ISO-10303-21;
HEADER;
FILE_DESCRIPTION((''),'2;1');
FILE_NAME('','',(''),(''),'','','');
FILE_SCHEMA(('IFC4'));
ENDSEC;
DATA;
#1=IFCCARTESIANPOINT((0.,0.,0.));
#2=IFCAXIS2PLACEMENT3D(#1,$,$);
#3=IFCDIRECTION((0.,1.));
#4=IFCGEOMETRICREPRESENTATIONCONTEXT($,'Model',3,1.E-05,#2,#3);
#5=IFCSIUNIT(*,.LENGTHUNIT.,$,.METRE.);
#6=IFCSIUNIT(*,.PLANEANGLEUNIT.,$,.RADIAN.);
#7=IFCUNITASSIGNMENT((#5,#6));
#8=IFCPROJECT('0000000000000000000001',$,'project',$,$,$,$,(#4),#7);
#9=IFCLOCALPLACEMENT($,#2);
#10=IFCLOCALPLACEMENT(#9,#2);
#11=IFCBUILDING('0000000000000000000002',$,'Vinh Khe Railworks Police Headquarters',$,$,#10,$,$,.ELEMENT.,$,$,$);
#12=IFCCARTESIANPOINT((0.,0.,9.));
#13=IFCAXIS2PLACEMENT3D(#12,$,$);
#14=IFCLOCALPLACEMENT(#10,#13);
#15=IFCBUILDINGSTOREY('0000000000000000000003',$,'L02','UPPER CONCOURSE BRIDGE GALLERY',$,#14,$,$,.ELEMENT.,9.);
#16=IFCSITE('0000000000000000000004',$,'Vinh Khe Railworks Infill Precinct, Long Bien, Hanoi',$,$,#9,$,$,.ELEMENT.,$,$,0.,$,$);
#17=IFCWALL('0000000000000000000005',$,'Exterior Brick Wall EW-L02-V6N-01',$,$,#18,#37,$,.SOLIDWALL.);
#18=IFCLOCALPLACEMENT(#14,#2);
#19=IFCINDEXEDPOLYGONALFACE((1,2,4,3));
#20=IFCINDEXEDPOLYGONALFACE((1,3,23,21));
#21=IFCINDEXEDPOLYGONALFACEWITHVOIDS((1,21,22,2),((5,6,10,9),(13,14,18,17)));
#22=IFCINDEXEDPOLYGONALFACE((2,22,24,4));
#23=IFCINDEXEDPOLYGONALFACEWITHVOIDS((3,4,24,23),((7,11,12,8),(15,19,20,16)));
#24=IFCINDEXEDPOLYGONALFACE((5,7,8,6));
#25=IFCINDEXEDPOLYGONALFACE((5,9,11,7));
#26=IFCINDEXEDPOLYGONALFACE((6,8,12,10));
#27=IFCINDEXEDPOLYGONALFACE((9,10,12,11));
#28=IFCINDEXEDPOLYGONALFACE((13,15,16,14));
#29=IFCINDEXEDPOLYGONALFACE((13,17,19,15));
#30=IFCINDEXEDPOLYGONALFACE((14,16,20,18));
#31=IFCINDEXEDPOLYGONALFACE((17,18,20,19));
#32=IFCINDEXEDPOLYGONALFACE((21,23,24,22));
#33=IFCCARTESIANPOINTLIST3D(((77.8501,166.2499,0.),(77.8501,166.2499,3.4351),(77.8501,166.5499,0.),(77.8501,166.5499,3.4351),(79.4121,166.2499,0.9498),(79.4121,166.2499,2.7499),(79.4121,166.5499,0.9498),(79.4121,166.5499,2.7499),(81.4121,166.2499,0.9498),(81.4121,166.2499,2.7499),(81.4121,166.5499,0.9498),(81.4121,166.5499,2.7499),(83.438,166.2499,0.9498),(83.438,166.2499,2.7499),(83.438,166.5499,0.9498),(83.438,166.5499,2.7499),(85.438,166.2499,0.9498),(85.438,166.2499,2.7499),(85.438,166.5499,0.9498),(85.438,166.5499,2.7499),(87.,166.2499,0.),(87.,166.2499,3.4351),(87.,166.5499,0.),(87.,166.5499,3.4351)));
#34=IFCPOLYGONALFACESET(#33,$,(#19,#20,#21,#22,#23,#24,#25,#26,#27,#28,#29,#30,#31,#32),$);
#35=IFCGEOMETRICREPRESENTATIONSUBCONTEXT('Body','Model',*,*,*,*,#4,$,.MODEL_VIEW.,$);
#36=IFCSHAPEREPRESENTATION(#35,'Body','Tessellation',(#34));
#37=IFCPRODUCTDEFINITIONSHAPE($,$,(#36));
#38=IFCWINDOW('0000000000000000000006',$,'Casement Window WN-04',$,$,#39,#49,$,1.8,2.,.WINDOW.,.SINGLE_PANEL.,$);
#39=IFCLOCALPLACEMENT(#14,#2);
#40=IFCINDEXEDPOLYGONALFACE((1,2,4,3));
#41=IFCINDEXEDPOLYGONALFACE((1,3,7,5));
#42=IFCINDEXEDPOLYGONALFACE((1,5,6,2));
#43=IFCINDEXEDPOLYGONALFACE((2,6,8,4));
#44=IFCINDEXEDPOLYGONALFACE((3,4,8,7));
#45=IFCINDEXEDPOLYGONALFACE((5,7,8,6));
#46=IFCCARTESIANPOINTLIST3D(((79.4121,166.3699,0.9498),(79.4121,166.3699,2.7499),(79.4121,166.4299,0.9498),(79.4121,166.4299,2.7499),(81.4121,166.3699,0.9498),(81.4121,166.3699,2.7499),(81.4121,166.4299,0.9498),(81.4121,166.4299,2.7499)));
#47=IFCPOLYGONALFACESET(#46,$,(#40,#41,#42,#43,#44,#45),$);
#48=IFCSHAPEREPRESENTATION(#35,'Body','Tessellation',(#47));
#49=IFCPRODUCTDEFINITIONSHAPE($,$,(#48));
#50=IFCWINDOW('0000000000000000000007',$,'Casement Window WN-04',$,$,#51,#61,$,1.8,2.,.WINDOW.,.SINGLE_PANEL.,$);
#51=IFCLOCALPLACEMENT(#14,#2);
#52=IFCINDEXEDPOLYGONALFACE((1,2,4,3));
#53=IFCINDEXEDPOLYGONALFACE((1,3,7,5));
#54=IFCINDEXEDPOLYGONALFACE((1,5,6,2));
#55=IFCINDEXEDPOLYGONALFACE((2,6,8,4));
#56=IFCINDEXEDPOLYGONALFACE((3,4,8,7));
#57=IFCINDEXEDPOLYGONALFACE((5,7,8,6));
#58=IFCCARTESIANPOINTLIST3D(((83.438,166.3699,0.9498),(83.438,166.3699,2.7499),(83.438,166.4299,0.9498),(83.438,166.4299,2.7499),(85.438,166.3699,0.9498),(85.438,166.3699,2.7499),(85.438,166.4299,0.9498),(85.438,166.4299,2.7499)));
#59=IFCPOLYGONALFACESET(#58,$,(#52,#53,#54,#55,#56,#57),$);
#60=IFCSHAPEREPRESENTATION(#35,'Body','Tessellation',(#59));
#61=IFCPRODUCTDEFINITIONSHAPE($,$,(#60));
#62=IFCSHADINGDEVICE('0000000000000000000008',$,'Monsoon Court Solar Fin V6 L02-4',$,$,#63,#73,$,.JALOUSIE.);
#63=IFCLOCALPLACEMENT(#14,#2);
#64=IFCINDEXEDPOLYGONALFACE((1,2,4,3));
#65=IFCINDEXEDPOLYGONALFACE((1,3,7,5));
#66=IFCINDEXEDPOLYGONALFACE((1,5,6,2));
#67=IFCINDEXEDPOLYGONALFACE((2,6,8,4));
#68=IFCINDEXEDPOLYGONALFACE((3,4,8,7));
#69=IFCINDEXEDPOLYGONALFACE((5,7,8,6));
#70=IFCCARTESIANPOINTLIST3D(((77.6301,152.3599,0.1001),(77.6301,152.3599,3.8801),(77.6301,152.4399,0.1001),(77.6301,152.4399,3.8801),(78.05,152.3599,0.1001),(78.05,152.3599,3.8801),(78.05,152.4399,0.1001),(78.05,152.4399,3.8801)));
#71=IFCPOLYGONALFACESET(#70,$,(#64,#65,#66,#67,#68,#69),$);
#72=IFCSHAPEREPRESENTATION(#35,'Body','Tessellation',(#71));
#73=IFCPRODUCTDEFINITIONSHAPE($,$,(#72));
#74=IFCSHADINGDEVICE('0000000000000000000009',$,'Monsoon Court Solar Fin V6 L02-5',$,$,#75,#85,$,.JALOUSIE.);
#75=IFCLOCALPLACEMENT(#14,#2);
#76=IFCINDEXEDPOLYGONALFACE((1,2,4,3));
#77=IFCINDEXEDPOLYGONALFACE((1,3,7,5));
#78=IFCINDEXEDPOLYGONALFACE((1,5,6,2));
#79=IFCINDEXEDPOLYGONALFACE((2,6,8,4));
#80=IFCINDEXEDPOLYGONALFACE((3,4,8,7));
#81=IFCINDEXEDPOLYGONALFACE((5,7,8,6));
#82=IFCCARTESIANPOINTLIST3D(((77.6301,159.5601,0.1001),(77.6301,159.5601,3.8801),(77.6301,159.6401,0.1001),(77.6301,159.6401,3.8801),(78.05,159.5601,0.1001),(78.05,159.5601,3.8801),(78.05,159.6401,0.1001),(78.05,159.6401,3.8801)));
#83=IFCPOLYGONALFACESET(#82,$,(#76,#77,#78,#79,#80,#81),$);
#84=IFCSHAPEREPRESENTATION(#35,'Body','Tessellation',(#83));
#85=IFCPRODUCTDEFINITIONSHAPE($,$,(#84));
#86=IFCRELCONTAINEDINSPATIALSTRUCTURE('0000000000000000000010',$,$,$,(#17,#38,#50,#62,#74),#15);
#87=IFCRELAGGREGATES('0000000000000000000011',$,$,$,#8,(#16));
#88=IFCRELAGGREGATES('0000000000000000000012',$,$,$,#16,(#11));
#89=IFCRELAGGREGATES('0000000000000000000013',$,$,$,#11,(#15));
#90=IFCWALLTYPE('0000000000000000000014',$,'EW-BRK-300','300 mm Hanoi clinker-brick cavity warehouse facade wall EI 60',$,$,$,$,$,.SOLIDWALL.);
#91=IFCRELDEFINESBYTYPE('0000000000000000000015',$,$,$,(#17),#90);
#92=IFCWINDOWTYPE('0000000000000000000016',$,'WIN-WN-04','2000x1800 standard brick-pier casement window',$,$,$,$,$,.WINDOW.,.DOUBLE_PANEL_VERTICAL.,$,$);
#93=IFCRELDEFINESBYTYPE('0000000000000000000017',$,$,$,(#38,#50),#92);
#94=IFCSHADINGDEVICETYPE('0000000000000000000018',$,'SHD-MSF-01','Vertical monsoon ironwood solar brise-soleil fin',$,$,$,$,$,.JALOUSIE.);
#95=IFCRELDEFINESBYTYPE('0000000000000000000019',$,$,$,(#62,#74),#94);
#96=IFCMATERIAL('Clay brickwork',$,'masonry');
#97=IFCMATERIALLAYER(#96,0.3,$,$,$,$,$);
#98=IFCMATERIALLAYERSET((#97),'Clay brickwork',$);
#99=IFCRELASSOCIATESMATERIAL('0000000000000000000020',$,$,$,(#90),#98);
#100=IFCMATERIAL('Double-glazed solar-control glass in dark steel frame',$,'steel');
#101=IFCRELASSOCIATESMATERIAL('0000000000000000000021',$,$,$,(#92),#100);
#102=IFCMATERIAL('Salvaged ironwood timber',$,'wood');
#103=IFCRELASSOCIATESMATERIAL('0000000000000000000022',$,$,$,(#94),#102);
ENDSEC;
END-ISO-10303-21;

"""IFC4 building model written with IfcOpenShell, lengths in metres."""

from ifc_helpers import new_model, si_unit, direction, frame, frame_2d, origin, origin_2d, place, context, subcontext, project, spatial, rectangle, extrude, material, layer, layer_set, type_object, element, fill, save


model = new_model("IFC4")

# Units and contexts
model_context = context("Model", 3, precision=1e-05, world=origin(), true_north=direction((0.0, 1.0)))
body_context = subcontext(model_context, "Body", "Model", "MODEL_VIEW")
ifc_project = project(units=[si_unit("LENGTHUNIT", "METRE"), si_unit("PLANEANGLEUNIT", "RADIAN")], contexts=[model_context])

# Site, building, storey
site_placement = place(None, origin())
site = spatial("IfcSite", under=ifc_project, at=site_placement, Name="Vinh Khe Railworks Infill Precinct, Long Bien, Hanoi", CompositionType="ELEMENT", RefElevation=0.0)
building_placement = place(site_placement, origin())
building = spatial("IfcBuilding", under=site, at=building_placement, Name="Vinh Khe Railworks Police Headquarters", CompositionType="ELEMENT")
storey_placement = place(building_placement, frame((0.0, 0.0, 9.0)))
storey = spatial("IfcBuildingStorey", under=building, at=storey_placement, Name="L02", Description="UPPER CONCOURSE BRIDGE GALLERY", CompositionType="ELEMENT", Elevation=9.0)

# Shared definitions
ifc_material_1 = material(Name="Clay brickwork", Category="masonry")
ifc_material_2 = material(Name="Double-glazed solar-control glass in dark steel frame", Category="steel")

# Wall, openings, windows
ifc_layer_1 = layer(ifc_material_1, 0.3)
ifc_layer_set_1 = layer_set([ifc_layer_1], Name="Clay brickwork")
wall_type_1 = type_object("IfcWallType", Name="EW-BRK-300", Description="300 mm Hanoi clinker-brick cavity warehouse facade wall EI 60", PredefinedType="SOLIDWALL", material=ifc_layer_set_1)
wall_1_placement = place(storey_placement, frame((77.8501, 166.3999, 0.0), z_axis=(0.0, 0.0, 1.0), x_axis=(1.0, 0.0, 0.0)))
wall_1 = element("IfcWall", 1, at=wall_1_placement, inside=storey, type_object=wall_type_1, Name="Exterior Brick Wall EW-L02-V6N-01", PredefinedType="SOLIDWALL", context=body_context, shape_type="SweptSolid", body=[
    extrude(rectangle(XDim=9.1499, YDim=0.3, at=frame_2d((4.575, 0.0))), origin(), (0.0, 0.0, 1.0), 3.4351),
])
opening_1_placement = place(wall_1_placement, frame((1.562, 0.0, 0.95)))
opening_1 = element("IfcOpeningElement", 2, at=opening_1_placement, cuts=wall_1, PredefinedType="OPENING", context=body_context, shape_type="SweptSolid", body=[
    extrude(rectangle(XDim=2.0, YDim=1.8, at=frame_2d((1.0, 0.8999))), frame((0.0, 0.165, 0.0), z_axis=(0.0, -1.0, 0.0), x_axis=(1.0, 0.0, 0.0)), (0.0, 0.0, 1.0), 0.3298),
])
opening_2_placement = place(wall_1_placement, frame((5.5879, 0.0, 0.95)))
opening_2 = element("IfcOpeningElement", 3, at=opening_2_placement, cuts=wall_1, PredefinedType="OPENING", context=body_context, shape_type="SweptSolid", body=[
    extrude(rectangle(XDim=2.0, YDim=1.8, at=frame_2d((1.0, 0.8999))), frame((0.0, 0.165, 0.0), z_axis=(0.0, -1.0, 0.0), x_axis=(1.0, 0.0, 0.0)), (0.0, 0.0, 1.0), 0.3298),
])
window_type_1 = type_object("IfcWindowType", Name="WIN-WN-04", Description="2000x1800 standard brick-pier casement window", PartitioningType="DOUBLE_PANEL_VERTICAL", PredefinedType="WINDOW", material=ifc_material_2)
window_1_placement = place(opening_1_placement, origin())
window_1 = element("IfcWindow", 4, at=window_1_placement, inside=storey, type_object=window_type_1, Name="Casement Window WN-04", OverallHeight=1.8, OverallWidth=2.0, PartitioningType="SINGLE_PANEL", PredefinedType="WINDOW", context=body_context, shape_type="SweptSolid", body=[
    extrude(rectangle(XDim=2.0, YDim=1.8, at=frame_2d((1.0, 0.8999))), frame((0.0, 0.03, 0.0), z_axis=(0.0, -1.0, 0.0), x_axis=(1.0, 0.0, 0.0)), (0.0, 0.0, 1.0), 0.0601),
])
fill(opening_1, window_1)
window_2_placement = place(opening_2_placement, origin())
window_2 = element("IfcWindow", 5, at=window_2_placement, inside=storey, type_object=window_type_1, Name="Casement Window WN-04", OverallHeight=1.8, OverallWidth=2.0, PartitioningType="SINGLE_PANEL", PredefinedType="WINDOW", context=body_context, shape_type="SweptSolid", body=[
    extrude(rectangle(XDim=2.0, YDim=1.8, at=frame_2d((1.0, 0.8999))), frame((0.0, 0.03, 0.0), z_axis=(0.0, -1.0, 0.0), x_axis=(1.0, 0.0, 0.0)), (0.0, 0.0, 1.0), 0.0601),
])
fill(opening_2, window_2)

# Shading devices
ifc_material_3 = material(Name="Salvaged ironwood timber", Category="wood")
shading_device_type = type_object("IfcShadingDeviceType", Name="SHD-MSF-01", Description="Vertical monsoon ironwood solar brise-soleil fin", PredefinedType="JALOUSIE", material=ifc_material_3)
for number, where, z_axis, x_axis, name in (
    (6, (77.8401, 152.3999, 0.1001), (0.0, 0.0, 1.0), (1.0, 0.0, 0.0), "Monsoon Court Solar Fin V6 L02-4"),
    (7, (77.8401, 159.6001, 0.1001), (0.0, 0.0, 1.0), (1.0, 0.0, 0.0), "Monsoon Court Solar Fin V6 L02-5"),
):
    element("IfcShadingDevice", number, at=place(storey_placement, frame(where, z_axis=z_axis, x_axis=x_axis)), inside=storey, type_object=shading_device_type, Name=name, PredefinedType="JALOUSIE", context=body_context, shape_type="SweptSolid", body=[
        extrude(rectangle(XDim=0.4199, YDim=0.0801, at=origin_2d()), origin(), (0.0, 0.0, 1.0), 3.78),
    ])

save(model, "model.ifc")
